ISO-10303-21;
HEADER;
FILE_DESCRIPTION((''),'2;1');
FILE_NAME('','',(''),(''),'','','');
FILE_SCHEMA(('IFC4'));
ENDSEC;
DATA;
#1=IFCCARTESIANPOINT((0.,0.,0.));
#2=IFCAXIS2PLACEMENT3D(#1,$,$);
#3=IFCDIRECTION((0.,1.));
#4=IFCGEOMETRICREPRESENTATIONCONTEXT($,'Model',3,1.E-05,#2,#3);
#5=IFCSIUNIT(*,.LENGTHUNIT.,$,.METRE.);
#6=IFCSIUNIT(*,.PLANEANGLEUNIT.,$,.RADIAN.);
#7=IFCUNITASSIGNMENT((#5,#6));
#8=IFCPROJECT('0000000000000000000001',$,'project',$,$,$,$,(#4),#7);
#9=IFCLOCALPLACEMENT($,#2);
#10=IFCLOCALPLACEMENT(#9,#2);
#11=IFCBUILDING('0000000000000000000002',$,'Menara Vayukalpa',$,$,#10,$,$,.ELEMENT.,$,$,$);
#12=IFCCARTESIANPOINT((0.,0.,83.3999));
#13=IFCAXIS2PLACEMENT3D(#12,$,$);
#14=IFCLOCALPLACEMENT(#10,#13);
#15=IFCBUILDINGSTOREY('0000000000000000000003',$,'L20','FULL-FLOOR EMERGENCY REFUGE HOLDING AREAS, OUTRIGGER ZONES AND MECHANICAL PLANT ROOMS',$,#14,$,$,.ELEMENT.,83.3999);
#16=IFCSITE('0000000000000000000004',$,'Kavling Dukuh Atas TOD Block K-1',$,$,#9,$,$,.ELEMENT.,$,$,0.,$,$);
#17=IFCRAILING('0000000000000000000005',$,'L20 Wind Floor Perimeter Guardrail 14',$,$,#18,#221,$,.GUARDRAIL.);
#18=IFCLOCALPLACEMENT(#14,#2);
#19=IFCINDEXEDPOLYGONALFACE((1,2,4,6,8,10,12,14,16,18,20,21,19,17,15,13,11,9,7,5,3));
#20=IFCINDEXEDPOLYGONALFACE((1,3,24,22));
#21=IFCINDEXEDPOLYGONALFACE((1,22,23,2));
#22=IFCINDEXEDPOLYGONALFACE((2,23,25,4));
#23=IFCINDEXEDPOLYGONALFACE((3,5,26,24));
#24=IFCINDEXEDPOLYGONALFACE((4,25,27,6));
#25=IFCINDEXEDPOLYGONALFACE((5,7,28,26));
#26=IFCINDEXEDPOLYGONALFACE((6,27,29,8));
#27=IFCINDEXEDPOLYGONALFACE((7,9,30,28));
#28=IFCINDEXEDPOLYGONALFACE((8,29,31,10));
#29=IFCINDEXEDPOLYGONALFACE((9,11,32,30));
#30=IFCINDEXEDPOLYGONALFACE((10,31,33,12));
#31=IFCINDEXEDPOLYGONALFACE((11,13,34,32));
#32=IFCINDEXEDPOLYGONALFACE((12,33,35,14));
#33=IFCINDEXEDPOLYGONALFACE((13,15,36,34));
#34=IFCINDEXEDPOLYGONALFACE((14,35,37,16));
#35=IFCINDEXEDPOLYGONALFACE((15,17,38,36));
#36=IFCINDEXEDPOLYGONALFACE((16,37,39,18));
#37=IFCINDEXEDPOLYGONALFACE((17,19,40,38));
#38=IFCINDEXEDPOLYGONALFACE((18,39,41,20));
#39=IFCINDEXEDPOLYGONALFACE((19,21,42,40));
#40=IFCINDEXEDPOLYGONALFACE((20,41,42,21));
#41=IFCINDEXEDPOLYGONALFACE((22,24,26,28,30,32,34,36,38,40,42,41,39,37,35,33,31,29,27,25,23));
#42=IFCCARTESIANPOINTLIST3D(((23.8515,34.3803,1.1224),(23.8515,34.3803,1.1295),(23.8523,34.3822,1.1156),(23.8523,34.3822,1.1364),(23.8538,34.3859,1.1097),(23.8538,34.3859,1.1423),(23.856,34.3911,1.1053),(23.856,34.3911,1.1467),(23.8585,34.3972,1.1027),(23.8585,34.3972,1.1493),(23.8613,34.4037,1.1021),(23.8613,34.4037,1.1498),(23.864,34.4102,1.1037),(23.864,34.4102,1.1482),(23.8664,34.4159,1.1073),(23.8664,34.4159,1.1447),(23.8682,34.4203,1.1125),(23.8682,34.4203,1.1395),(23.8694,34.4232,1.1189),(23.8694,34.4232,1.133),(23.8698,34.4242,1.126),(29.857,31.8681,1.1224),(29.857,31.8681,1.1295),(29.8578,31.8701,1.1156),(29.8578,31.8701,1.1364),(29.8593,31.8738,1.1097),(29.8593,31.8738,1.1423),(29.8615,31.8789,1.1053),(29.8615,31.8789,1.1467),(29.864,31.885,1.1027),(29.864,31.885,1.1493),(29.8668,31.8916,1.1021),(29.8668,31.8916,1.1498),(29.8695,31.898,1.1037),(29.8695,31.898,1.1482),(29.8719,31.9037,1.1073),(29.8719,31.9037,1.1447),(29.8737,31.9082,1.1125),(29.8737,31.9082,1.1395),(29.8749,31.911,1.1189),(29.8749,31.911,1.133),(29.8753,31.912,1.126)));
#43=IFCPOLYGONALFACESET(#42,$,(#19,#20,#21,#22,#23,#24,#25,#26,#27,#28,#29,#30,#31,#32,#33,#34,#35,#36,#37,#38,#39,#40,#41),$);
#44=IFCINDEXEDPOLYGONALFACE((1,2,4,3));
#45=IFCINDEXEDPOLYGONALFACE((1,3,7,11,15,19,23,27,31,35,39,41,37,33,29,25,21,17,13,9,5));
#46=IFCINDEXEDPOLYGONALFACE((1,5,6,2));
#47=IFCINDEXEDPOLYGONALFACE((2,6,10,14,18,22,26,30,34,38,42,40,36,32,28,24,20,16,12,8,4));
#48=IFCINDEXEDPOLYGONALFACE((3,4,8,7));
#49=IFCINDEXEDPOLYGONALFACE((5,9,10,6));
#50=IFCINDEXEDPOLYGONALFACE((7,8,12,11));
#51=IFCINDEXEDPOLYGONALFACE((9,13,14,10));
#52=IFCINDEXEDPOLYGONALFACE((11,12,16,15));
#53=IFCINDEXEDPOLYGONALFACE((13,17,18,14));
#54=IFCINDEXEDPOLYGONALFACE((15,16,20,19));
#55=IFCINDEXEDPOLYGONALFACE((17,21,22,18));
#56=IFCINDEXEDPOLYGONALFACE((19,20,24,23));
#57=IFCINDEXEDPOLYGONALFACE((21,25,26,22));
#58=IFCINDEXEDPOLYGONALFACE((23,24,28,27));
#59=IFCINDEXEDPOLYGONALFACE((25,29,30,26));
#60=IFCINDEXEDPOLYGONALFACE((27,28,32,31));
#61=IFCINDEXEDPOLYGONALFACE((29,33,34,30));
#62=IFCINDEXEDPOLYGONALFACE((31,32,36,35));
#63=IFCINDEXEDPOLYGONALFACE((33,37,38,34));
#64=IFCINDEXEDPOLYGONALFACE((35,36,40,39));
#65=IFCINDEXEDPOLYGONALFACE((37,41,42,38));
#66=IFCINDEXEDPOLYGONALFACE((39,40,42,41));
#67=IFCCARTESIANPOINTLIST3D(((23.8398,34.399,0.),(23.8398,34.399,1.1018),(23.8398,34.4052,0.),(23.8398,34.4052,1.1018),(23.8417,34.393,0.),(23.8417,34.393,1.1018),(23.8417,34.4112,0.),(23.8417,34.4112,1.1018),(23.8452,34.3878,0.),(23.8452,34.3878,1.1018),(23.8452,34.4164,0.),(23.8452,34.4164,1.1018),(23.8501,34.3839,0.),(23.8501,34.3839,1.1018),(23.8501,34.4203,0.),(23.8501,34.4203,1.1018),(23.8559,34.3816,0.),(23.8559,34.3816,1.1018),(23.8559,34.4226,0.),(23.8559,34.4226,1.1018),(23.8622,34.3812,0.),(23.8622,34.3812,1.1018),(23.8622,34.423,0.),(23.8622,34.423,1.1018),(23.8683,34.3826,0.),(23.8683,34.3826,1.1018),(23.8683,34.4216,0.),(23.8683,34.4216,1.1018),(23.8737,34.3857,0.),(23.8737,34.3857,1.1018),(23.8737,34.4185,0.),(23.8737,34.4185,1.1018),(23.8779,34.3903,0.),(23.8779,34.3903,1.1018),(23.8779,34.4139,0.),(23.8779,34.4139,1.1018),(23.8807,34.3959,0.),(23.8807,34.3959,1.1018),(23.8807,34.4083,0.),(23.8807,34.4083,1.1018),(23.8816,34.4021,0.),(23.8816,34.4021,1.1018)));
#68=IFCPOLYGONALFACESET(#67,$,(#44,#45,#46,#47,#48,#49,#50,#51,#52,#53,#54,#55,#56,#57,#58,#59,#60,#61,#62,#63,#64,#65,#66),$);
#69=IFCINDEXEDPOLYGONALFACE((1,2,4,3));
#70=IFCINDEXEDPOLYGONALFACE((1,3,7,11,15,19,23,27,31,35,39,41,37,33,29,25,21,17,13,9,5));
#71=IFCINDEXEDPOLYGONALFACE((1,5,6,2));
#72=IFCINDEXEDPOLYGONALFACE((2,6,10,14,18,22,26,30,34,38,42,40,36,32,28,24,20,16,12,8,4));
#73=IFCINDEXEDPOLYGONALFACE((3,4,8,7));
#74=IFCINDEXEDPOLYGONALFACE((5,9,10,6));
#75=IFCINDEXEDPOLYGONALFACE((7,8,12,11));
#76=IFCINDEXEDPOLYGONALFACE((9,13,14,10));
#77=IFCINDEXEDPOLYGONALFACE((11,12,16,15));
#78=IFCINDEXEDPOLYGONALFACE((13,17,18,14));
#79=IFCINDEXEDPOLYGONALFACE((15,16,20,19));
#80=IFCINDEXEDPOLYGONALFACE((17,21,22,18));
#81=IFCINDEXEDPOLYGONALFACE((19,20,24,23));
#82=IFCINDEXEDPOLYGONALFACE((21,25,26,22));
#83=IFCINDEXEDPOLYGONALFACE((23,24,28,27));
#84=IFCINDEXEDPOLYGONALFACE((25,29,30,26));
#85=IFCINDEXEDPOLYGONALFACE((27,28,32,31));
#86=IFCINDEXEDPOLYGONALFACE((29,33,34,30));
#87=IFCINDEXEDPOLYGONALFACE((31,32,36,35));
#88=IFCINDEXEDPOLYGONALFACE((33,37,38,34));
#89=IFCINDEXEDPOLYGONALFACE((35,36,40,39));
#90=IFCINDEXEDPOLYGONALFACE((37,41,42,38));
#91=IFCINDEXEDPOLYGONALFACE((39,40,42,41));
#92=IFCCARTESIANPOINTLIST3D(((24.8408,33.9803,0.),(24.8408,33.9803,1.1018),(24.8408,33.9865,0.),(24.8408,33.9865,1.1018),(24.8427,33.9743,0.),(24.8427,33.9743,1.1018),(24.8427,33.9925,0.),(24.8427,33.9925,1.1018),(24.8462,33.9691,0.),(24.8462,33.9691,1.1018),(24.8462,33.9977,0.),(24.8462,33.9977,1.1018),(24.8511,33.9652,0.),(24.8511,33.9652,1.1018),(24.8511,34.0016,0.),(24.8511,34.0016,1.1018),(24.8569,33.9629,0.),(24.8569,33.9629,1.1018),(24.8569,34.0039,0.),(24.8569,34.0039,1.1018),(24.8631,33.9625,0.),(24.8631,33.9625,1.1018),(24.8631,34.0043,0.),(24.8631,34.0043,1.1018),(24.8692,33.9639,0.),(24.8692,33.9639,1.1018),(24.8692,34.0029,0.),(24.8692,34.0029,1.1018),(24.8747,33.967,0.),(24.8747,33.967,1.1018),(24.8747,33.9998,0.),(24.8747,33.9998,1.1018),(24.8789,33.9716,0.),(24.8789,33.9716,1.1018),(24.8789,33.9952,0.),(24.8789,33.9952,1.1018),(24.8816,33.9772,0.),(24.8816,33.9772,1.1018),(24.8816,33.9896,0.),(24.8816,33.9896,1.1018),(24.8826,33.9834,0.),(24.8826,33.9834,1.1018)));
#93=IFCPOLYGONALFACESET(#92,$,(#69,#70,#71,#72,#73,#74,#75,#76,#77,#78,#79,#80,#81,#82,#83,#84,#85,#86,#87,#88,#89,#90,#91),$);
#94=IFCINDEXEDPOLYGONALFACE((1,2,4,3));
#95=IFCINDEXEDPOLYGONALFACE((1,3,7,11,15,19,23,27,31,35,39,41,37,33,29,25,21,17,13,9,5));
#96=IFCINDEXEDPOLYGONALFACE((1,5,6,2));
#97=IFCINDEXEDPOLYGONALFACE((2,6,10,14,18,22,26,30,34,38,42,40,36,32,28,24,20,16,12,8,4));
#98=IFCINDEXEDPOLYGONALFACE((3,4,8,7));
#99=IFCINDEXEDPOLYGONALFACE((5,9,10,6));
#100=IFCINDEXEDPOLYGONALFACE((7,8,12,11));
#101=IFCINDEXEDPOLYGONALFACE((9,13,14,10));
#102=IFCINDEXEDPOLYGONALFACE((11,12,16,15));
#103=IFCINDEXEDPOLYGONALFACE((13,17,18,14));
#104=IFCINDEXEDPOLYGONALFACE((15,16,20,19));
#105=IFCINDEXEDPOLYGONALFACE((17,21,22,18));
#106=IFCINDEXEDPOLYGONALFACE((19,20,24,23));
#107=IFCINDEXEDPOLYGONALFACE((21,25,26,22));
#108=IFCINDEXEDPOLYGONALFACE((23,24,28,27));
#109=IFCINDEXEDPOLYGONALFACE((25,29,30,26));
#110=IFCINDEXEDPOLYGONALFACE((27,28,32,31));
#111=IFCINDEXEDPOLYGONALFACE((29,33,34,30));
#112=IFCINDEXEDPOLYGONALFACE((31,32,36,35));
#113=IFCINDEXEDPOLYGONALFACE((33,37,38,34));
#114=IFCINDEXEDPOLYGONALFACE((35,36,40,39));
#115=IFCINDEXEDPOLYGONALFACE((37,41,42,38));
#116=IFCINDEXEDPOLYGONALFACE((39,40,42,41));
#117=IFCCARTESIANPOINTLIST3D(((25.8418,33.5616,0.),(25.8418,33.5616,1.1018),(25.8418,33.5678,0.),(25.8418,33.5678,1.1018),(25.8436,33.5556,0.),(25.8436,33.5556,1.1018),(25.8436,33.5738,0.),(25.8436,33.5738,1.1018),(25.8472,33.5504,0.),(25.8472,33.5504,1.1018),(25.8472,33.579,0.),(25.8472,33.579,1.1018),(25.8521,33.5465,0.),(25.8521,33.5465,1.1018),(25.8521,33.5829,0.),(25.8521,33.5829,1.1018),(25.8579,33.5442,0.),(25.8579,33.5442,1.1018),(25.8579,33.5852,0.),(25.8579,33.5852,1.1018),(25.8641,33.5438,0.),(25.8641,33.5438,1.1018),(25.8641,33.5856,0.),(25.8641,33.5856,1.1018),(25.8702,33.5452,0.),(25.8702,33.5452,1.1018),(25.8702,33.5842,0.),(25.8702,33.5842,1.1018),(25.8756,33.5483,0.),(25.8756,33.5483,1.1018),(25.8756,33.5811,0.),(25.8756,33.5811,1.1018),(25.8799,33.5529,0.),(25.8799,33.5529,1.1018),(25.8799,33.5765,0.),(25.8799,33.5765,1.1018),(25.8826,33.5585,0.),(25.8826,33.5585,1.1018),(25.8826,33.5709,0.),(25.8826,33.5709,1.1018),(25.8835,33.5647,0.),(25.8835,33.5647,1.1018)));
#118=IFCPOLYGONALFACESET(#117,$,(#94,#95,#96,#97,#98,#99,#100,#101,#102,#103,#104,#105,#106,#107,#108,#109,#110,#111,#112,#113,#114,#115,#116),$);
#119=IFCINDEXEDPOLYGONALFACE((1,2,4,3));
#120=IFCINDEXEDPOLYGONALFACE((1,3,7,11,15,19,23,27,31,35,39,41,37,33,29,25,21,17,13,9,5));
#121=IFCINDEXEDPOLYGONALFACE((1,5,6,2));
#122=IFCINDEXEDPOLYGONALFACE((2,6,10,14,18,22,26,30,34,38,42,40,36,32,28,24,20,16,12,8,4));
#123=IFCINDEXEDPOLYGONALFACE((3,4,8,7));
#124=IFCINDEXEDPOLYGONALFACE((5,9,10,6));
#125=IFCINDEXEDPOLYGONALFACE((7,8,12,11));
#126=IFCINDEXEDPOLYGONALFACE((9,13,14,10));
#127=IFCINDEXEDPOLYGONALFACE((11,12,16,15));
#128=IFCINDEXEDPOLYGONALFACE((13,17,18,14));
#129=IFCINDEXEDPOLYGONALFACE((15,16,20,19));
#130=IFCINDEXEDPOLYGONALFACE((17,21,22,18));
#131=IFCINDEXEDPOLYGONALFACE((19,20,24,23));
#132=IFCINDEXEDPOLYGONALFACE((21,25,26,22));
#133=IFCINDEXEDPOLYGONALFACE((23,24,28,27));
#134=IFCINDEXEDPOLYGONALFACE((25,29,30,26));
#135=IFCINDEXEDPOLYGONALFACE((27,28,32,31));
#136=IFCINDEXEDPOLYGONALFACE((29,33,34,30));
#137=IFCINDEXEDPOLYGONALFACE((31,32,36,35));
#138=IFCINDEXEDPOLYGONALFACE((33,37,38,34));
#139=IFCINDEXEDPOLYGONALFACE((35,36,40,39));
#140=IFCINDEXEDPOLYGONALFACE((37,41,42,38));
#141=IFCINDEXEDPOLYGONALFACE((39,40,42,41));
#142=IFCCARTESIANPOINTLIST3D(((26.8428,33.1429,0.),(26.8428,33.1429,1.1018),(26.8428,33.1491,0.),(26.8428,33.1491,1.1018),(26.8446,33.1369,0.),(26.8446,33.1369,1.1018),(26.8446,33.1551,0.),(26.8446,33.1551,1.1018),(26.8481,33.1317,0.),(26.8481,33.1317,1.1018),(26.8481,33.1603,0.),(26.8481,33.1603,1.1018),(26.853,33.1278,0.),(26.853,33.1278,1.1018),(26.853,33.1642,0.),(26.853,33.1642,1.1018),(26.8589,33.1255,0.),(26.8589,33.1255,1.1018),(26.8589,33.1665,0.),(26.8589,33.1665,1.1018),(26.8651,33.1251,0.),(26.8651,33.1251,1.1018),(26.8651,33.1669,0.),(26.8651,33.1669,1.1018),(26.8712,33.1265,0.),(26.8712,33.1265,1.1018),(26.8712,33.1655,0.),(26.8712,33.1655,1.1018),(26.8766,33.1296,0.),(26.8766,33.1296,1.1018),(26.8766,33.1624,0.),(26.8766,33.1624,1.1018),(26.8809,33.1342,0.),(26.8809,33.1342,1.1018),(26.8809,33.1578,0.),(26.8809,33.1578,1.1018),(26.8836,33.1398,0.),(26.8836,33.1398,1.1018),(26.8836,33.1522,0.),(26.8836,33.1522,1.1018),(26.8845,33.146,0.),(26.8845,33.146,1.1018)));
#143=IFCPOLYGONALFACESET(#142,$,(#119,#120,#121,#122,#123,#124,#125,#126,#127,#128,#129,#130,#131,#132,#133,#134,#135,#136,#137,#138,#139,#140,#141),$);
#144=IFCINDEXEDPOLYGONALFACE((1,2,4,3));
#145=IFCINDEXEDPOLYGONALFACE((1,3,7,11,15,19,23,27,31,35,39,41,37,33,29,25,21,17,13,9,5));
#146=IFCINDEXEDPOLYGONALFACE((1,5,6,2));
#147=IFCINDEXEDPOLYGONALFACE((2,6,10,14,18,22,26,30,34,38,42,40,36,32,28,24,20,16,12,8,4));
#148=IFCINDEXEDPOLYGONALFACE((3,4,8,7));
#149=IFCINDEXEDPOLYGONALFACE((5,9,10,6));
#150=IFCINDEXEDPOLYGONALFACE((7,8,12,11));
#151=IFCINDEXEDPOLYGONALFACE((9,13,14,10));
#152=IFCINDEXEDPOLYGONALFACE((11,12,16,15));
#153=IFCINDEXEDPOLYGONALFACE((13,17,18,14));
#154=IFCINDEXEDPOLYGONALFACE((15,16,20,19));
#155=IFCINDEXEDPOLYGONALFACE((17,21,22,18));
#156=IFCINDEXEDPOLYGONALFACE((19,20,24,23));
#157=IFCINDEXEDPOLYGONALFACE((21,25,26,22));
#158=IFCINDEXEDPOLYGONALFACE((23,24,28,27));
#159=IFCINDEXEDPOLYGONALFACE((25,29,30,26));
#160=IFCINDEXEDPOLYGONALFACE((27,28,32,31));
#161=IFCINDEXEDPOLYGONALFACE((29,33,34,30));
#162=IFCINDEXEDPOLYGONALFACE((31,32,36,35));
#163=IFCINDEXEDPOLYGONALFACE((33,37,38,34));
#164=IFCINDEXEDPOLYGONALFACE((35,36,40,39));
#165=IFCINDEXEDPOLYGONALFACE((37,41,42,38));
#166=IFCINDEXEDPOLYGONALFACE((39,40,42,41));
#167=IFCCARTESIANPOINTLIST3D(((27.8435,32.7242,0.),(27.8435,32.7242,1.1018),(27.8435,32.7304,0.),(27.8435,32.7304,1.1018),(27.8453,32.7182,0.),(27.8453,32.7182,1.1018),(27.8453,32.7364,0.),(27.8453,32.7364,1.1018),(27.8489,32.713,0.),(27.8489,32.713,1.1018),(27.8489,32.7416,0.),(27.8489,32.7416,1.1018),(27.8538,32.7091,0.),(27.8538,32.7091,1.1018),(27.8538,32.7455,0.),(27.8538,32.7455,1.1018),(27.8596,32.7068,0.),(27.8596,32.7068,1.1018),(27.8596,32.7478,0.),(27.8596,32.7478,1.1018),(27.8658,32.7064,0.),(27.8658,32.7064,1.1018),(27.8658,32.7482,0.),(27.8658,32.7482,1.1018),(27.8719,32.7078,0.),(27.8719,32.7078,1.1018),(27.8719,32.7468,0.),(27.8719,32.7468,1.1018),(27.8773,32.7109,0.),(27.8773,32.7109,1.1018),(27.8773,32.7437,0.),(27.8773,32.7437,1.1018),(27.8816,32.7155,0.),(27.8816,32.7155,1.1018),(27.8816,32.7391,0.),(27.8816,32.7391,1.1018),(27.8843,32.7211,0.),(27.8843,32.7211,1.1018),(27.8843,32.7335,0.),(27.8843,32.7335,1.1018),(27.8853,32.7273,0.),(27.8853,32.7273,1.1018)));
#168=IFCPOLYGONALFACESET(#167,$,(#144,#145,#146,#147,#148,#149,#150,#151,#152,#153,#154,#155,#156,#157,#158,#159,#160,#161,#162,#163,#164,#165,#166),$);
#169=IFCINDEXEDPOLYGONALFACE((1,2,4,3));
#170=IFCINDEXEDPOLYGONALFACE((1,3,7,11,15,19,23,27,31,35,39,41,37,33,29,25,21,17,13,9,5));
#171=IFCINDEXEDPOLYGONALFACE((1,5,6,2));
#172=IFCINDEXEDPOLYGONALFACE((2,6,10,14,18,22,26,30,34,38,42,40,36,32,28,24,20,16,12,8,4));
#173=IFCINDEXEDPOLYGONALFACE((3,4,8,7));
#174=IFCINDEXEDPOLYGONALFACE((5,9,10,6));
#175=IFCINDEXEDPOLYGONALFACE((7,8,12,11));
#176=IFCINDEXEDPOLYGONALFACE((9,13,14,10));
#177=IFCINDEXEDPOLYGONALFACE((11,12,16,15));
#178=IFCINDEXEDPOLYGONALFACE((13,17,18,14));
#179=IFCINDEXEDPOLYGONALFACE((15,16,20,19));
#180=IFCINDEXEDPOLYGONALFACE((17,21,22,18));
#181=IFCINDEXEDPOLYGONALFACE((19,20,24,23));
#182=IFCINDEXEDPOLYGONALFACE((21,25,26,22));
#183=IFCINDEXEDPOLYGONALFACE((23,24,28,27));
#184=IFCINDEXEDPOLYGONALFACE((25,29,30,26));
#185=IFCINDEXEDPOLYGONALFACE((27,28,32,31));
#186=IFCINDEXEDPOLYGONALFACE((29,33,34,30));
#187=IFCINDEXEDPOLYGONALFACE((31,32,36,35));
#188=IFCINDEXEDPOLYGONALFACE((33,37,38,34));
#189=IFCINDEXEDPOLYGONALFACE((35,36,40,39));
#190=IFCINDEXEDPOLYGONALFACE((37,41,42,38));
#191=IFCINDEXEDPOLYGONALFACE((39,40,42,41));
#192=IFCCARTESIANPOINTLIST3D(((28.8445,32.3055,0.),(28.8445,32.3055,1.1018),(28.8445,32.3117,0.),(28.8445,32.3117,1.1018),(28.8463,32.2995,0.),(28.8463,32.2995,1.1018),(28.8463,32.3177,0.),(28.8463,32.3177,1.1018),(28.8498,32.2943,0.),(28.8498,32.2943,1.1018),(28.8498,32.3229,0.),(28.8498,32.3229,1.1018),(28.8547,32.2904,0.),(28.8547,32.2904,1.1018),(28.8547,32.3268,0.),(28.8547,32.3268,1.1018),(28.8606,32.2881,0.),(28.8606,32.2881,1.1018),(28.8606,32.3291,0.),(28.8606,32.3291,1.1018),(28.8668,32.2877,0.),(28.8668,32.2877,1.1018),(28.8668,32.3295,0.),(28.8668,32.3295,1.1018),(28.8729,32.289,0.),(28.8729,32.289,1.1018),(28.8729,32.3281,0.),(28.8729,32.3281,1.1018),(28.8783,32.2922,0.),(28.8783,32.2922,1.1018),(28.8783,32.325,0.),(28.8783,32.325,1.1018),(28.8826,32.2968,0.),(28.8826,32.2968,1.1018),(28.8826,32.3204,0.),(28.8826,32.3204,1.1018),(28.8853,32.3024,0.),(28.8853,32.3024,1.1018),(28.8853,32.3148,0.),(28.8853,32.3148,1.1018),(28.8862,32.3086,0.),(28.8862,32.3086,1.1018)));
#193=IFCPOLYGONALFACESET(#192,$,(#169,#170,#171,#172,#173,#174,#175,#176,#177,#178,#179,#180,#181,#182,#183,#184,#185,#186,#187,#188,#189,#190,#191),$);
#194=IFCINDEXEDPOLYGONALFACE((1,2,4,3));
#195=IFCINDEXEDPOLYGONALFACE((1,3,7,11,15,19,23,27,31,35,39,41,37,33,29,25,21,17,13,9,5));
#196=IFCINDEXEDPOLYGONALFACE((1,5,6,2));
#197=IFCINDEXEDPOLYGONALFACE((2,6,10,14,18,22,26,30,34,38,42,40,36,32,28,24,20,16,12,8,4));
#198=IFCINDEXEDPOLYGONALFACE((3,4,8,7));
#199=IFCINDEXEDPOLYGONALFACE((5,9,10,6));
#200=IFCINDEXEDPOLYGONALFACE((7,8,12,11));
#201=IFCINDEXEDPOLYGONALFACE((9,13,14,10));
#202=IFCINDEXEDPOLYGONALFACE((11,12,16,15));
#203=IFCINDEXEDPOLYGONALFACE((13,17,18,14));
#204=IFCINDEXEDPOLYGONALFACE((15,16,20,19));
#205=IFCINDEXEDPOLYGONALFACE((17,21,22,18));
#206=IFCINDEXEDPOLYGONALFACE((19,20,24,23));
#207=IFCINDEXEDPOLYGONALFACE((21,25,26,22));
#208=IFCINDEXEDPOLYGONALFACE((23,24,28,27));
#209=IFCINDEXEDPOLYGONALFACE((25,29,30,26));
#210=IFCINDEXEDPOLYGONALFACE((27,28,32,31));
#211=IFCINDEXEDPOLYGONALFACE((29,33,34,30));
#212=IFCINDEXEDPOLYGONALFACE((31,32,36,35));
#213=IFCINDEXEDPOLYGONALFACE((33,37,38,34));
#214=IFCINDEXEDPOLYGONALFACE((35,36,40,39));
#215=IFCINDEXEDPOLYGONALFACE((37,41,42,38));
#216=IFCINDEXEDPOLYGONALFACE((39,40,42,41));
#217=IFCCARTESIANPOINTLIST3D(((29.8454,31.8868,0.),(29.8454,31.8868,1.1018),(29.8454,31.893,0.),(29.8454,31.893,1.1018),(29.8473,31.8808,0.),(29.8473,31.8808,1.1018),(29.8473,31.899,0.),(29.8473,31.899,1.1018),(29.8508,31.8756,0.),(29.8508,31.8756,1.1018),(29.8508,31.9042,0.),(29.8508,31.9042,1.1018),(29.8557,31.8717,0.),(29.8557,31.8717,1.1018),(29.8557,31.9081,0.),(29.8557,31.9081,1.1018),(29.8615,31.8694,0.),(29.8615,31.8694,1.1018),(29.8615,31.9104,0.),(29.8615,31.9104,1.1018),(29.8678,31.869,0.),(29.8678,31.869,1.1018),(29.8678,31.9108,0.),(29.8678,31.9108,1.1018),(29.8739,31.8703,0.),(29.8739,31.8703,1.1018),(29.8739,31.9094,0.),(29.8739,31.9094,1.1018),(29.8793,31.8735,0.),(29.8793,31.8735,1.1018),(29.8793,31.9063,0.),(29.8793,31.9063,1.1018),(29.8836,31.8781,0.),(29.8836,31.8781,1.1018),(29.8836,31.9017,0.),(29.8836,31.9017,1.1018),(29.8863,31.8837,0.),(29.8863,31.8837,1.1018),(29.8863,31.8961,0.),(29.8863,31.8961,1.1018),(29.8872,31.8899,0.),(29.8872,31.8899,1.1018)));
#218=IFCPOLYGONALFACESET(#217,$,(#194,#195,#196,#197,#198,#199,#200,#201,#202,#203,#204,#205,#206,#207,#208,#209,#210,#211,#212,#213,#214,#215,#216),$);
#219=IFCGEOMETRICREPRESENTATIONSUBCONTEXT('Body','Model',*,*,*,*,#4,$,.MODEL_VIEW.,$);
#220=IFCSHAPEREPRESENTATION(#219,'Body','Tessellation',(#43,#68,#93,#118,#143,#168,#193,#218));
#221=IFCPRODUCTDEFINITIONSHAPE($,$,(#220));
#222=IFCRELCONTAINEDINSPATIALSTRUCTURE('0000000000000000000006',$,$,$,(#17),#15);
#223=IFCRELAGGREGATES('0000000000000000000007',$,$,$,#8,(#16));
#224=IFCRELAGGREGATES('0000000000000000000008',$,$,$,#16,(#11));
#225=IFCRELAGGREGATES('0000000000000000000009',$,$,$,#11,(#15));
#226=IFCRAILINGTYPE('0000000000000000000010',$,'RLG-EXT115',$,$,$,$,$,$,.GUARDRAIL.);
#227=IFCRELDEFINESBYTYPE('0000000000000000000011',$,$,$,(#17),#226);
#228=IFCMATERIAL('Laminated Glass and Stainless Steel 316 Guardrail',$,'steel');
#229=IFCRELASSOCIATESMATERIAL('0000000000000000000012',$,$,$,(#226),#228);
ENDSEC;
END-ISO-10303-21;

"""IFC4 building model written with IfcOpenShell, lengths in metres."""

from ifc_helpers import new_model, si_unit, direction, frame, origin, origin_2d, place, context, subcontext, project, spatial, circle, extrude, material, type_object, element, save


model = new_model("IFC4")

# Units and contexts
model_context = context("Model", 3, precision=1e-05, world=origin(), true_north=direction((0.0, 1.0)))
body_context = subcontext(model_context, "Body", "Model", "MODEL_VIEW")
ifc_project = project(units=[si_unit("LENGTHUNIT", "METRE"), si_unit("PLANEANGLEUNIT", "RADIAN")], contexts=[model_context])

# Site, building, storey
site_placement = place(None, origin())
site = spatial("IfcSite", under=ifc_project, at=site_placement, Name="Kavling Dukuh Atas TOD Block K-1", CompositionType="ELEMENT", RefElevation=0.0)
building_placement = place(site_placement, origin())
building = spatial("IfcBuilding", under=site, at=building_placement, Name="Menara Vayukalpa", CompositionType="ELEMENT")
storey_placement = place(building_placement, frame((0.0, 0.0, 83.3999)))
storey = spatial("IfcBuildingStorey", under=building, at=storey_placement, Name="L20", Description="FULL-FLOOR EMERGENCY REFUGE HOLDING AREAS, OUTRIGGER ZONES AND MECHANICAL PLANT ROOMS", CompositionType="ELEMENT", Elevation=83.3999)

# Railing
ifc_material_1 = material(Name="Laminated Glass and Stainless Steel 316 Guardrail", Category="steel")
railing_type = type_object("IfcRailingType", Name="RLG-EXT115", PredefinedType="GUARDRAIL", material=ifc_material_1)
railing_1_placement = place(storey_placement, frame((23.8606, 34.4021, 0.0)))
element("IfcRailing", 1, at=railing_1_placement, inside=storey, type_object=railing_type, Name="L20 Wind Floor Perimeter Guardrail 14", PredefinedType="GUARDRAIL", context=body_context, shape_type="SweptSolid", body=[
    extrude(circle(Radius=0.0239, at=origin_2d()), frame((0.0, 0.0, 1.126), z_axis=(0.922538, -0.385907, 0.0), x_axis=(0.385907, 0.922538, 0.0)), (0.0, 0.0, 1.0), 6.5098),
    extrude(circle(Radius=0.021, at=origin_2d()), origin(), (0.0, 0.0, 1.0), 1.1018),
    extrude(circle(Radius=0.021, at=origin_2d()), frame((1.001, -0.4187, 0.0)), (0.0, 0.0, 1.0), 1.1018),
    extrude(circle(Radius=0.021, at=origin_2d()), frame((2.002, -0.8374, 0.0)), (0.0, 0.0, 1.0), 1.1018),
    extrude(circle(Radius=0.021, at=origin_2d()), frame((3.0029, -1.2561, 0.0)), (0.0, 0.0, 1.0), 1.1018),
    extrude(circle(Radius=0.021, at=origin_2d()), frame((4.0037, -1.6748, 0.0)), (0.0, 0.0, 1.0), 1.1018),
    extrude(circle(Radius=0.021, at=origin_2d()), frame((5.0046, -2.0935, 0.0)), (0.0, 0.0, 1.0), 1.1018),
    extrude(circle(Radius=0.021, at=origin_2d()), frame((6.0056, -2.5122, 0.0)), (0.0, 0.0, 1.0), 1.1018),
])

save(model, "model.ifc")
